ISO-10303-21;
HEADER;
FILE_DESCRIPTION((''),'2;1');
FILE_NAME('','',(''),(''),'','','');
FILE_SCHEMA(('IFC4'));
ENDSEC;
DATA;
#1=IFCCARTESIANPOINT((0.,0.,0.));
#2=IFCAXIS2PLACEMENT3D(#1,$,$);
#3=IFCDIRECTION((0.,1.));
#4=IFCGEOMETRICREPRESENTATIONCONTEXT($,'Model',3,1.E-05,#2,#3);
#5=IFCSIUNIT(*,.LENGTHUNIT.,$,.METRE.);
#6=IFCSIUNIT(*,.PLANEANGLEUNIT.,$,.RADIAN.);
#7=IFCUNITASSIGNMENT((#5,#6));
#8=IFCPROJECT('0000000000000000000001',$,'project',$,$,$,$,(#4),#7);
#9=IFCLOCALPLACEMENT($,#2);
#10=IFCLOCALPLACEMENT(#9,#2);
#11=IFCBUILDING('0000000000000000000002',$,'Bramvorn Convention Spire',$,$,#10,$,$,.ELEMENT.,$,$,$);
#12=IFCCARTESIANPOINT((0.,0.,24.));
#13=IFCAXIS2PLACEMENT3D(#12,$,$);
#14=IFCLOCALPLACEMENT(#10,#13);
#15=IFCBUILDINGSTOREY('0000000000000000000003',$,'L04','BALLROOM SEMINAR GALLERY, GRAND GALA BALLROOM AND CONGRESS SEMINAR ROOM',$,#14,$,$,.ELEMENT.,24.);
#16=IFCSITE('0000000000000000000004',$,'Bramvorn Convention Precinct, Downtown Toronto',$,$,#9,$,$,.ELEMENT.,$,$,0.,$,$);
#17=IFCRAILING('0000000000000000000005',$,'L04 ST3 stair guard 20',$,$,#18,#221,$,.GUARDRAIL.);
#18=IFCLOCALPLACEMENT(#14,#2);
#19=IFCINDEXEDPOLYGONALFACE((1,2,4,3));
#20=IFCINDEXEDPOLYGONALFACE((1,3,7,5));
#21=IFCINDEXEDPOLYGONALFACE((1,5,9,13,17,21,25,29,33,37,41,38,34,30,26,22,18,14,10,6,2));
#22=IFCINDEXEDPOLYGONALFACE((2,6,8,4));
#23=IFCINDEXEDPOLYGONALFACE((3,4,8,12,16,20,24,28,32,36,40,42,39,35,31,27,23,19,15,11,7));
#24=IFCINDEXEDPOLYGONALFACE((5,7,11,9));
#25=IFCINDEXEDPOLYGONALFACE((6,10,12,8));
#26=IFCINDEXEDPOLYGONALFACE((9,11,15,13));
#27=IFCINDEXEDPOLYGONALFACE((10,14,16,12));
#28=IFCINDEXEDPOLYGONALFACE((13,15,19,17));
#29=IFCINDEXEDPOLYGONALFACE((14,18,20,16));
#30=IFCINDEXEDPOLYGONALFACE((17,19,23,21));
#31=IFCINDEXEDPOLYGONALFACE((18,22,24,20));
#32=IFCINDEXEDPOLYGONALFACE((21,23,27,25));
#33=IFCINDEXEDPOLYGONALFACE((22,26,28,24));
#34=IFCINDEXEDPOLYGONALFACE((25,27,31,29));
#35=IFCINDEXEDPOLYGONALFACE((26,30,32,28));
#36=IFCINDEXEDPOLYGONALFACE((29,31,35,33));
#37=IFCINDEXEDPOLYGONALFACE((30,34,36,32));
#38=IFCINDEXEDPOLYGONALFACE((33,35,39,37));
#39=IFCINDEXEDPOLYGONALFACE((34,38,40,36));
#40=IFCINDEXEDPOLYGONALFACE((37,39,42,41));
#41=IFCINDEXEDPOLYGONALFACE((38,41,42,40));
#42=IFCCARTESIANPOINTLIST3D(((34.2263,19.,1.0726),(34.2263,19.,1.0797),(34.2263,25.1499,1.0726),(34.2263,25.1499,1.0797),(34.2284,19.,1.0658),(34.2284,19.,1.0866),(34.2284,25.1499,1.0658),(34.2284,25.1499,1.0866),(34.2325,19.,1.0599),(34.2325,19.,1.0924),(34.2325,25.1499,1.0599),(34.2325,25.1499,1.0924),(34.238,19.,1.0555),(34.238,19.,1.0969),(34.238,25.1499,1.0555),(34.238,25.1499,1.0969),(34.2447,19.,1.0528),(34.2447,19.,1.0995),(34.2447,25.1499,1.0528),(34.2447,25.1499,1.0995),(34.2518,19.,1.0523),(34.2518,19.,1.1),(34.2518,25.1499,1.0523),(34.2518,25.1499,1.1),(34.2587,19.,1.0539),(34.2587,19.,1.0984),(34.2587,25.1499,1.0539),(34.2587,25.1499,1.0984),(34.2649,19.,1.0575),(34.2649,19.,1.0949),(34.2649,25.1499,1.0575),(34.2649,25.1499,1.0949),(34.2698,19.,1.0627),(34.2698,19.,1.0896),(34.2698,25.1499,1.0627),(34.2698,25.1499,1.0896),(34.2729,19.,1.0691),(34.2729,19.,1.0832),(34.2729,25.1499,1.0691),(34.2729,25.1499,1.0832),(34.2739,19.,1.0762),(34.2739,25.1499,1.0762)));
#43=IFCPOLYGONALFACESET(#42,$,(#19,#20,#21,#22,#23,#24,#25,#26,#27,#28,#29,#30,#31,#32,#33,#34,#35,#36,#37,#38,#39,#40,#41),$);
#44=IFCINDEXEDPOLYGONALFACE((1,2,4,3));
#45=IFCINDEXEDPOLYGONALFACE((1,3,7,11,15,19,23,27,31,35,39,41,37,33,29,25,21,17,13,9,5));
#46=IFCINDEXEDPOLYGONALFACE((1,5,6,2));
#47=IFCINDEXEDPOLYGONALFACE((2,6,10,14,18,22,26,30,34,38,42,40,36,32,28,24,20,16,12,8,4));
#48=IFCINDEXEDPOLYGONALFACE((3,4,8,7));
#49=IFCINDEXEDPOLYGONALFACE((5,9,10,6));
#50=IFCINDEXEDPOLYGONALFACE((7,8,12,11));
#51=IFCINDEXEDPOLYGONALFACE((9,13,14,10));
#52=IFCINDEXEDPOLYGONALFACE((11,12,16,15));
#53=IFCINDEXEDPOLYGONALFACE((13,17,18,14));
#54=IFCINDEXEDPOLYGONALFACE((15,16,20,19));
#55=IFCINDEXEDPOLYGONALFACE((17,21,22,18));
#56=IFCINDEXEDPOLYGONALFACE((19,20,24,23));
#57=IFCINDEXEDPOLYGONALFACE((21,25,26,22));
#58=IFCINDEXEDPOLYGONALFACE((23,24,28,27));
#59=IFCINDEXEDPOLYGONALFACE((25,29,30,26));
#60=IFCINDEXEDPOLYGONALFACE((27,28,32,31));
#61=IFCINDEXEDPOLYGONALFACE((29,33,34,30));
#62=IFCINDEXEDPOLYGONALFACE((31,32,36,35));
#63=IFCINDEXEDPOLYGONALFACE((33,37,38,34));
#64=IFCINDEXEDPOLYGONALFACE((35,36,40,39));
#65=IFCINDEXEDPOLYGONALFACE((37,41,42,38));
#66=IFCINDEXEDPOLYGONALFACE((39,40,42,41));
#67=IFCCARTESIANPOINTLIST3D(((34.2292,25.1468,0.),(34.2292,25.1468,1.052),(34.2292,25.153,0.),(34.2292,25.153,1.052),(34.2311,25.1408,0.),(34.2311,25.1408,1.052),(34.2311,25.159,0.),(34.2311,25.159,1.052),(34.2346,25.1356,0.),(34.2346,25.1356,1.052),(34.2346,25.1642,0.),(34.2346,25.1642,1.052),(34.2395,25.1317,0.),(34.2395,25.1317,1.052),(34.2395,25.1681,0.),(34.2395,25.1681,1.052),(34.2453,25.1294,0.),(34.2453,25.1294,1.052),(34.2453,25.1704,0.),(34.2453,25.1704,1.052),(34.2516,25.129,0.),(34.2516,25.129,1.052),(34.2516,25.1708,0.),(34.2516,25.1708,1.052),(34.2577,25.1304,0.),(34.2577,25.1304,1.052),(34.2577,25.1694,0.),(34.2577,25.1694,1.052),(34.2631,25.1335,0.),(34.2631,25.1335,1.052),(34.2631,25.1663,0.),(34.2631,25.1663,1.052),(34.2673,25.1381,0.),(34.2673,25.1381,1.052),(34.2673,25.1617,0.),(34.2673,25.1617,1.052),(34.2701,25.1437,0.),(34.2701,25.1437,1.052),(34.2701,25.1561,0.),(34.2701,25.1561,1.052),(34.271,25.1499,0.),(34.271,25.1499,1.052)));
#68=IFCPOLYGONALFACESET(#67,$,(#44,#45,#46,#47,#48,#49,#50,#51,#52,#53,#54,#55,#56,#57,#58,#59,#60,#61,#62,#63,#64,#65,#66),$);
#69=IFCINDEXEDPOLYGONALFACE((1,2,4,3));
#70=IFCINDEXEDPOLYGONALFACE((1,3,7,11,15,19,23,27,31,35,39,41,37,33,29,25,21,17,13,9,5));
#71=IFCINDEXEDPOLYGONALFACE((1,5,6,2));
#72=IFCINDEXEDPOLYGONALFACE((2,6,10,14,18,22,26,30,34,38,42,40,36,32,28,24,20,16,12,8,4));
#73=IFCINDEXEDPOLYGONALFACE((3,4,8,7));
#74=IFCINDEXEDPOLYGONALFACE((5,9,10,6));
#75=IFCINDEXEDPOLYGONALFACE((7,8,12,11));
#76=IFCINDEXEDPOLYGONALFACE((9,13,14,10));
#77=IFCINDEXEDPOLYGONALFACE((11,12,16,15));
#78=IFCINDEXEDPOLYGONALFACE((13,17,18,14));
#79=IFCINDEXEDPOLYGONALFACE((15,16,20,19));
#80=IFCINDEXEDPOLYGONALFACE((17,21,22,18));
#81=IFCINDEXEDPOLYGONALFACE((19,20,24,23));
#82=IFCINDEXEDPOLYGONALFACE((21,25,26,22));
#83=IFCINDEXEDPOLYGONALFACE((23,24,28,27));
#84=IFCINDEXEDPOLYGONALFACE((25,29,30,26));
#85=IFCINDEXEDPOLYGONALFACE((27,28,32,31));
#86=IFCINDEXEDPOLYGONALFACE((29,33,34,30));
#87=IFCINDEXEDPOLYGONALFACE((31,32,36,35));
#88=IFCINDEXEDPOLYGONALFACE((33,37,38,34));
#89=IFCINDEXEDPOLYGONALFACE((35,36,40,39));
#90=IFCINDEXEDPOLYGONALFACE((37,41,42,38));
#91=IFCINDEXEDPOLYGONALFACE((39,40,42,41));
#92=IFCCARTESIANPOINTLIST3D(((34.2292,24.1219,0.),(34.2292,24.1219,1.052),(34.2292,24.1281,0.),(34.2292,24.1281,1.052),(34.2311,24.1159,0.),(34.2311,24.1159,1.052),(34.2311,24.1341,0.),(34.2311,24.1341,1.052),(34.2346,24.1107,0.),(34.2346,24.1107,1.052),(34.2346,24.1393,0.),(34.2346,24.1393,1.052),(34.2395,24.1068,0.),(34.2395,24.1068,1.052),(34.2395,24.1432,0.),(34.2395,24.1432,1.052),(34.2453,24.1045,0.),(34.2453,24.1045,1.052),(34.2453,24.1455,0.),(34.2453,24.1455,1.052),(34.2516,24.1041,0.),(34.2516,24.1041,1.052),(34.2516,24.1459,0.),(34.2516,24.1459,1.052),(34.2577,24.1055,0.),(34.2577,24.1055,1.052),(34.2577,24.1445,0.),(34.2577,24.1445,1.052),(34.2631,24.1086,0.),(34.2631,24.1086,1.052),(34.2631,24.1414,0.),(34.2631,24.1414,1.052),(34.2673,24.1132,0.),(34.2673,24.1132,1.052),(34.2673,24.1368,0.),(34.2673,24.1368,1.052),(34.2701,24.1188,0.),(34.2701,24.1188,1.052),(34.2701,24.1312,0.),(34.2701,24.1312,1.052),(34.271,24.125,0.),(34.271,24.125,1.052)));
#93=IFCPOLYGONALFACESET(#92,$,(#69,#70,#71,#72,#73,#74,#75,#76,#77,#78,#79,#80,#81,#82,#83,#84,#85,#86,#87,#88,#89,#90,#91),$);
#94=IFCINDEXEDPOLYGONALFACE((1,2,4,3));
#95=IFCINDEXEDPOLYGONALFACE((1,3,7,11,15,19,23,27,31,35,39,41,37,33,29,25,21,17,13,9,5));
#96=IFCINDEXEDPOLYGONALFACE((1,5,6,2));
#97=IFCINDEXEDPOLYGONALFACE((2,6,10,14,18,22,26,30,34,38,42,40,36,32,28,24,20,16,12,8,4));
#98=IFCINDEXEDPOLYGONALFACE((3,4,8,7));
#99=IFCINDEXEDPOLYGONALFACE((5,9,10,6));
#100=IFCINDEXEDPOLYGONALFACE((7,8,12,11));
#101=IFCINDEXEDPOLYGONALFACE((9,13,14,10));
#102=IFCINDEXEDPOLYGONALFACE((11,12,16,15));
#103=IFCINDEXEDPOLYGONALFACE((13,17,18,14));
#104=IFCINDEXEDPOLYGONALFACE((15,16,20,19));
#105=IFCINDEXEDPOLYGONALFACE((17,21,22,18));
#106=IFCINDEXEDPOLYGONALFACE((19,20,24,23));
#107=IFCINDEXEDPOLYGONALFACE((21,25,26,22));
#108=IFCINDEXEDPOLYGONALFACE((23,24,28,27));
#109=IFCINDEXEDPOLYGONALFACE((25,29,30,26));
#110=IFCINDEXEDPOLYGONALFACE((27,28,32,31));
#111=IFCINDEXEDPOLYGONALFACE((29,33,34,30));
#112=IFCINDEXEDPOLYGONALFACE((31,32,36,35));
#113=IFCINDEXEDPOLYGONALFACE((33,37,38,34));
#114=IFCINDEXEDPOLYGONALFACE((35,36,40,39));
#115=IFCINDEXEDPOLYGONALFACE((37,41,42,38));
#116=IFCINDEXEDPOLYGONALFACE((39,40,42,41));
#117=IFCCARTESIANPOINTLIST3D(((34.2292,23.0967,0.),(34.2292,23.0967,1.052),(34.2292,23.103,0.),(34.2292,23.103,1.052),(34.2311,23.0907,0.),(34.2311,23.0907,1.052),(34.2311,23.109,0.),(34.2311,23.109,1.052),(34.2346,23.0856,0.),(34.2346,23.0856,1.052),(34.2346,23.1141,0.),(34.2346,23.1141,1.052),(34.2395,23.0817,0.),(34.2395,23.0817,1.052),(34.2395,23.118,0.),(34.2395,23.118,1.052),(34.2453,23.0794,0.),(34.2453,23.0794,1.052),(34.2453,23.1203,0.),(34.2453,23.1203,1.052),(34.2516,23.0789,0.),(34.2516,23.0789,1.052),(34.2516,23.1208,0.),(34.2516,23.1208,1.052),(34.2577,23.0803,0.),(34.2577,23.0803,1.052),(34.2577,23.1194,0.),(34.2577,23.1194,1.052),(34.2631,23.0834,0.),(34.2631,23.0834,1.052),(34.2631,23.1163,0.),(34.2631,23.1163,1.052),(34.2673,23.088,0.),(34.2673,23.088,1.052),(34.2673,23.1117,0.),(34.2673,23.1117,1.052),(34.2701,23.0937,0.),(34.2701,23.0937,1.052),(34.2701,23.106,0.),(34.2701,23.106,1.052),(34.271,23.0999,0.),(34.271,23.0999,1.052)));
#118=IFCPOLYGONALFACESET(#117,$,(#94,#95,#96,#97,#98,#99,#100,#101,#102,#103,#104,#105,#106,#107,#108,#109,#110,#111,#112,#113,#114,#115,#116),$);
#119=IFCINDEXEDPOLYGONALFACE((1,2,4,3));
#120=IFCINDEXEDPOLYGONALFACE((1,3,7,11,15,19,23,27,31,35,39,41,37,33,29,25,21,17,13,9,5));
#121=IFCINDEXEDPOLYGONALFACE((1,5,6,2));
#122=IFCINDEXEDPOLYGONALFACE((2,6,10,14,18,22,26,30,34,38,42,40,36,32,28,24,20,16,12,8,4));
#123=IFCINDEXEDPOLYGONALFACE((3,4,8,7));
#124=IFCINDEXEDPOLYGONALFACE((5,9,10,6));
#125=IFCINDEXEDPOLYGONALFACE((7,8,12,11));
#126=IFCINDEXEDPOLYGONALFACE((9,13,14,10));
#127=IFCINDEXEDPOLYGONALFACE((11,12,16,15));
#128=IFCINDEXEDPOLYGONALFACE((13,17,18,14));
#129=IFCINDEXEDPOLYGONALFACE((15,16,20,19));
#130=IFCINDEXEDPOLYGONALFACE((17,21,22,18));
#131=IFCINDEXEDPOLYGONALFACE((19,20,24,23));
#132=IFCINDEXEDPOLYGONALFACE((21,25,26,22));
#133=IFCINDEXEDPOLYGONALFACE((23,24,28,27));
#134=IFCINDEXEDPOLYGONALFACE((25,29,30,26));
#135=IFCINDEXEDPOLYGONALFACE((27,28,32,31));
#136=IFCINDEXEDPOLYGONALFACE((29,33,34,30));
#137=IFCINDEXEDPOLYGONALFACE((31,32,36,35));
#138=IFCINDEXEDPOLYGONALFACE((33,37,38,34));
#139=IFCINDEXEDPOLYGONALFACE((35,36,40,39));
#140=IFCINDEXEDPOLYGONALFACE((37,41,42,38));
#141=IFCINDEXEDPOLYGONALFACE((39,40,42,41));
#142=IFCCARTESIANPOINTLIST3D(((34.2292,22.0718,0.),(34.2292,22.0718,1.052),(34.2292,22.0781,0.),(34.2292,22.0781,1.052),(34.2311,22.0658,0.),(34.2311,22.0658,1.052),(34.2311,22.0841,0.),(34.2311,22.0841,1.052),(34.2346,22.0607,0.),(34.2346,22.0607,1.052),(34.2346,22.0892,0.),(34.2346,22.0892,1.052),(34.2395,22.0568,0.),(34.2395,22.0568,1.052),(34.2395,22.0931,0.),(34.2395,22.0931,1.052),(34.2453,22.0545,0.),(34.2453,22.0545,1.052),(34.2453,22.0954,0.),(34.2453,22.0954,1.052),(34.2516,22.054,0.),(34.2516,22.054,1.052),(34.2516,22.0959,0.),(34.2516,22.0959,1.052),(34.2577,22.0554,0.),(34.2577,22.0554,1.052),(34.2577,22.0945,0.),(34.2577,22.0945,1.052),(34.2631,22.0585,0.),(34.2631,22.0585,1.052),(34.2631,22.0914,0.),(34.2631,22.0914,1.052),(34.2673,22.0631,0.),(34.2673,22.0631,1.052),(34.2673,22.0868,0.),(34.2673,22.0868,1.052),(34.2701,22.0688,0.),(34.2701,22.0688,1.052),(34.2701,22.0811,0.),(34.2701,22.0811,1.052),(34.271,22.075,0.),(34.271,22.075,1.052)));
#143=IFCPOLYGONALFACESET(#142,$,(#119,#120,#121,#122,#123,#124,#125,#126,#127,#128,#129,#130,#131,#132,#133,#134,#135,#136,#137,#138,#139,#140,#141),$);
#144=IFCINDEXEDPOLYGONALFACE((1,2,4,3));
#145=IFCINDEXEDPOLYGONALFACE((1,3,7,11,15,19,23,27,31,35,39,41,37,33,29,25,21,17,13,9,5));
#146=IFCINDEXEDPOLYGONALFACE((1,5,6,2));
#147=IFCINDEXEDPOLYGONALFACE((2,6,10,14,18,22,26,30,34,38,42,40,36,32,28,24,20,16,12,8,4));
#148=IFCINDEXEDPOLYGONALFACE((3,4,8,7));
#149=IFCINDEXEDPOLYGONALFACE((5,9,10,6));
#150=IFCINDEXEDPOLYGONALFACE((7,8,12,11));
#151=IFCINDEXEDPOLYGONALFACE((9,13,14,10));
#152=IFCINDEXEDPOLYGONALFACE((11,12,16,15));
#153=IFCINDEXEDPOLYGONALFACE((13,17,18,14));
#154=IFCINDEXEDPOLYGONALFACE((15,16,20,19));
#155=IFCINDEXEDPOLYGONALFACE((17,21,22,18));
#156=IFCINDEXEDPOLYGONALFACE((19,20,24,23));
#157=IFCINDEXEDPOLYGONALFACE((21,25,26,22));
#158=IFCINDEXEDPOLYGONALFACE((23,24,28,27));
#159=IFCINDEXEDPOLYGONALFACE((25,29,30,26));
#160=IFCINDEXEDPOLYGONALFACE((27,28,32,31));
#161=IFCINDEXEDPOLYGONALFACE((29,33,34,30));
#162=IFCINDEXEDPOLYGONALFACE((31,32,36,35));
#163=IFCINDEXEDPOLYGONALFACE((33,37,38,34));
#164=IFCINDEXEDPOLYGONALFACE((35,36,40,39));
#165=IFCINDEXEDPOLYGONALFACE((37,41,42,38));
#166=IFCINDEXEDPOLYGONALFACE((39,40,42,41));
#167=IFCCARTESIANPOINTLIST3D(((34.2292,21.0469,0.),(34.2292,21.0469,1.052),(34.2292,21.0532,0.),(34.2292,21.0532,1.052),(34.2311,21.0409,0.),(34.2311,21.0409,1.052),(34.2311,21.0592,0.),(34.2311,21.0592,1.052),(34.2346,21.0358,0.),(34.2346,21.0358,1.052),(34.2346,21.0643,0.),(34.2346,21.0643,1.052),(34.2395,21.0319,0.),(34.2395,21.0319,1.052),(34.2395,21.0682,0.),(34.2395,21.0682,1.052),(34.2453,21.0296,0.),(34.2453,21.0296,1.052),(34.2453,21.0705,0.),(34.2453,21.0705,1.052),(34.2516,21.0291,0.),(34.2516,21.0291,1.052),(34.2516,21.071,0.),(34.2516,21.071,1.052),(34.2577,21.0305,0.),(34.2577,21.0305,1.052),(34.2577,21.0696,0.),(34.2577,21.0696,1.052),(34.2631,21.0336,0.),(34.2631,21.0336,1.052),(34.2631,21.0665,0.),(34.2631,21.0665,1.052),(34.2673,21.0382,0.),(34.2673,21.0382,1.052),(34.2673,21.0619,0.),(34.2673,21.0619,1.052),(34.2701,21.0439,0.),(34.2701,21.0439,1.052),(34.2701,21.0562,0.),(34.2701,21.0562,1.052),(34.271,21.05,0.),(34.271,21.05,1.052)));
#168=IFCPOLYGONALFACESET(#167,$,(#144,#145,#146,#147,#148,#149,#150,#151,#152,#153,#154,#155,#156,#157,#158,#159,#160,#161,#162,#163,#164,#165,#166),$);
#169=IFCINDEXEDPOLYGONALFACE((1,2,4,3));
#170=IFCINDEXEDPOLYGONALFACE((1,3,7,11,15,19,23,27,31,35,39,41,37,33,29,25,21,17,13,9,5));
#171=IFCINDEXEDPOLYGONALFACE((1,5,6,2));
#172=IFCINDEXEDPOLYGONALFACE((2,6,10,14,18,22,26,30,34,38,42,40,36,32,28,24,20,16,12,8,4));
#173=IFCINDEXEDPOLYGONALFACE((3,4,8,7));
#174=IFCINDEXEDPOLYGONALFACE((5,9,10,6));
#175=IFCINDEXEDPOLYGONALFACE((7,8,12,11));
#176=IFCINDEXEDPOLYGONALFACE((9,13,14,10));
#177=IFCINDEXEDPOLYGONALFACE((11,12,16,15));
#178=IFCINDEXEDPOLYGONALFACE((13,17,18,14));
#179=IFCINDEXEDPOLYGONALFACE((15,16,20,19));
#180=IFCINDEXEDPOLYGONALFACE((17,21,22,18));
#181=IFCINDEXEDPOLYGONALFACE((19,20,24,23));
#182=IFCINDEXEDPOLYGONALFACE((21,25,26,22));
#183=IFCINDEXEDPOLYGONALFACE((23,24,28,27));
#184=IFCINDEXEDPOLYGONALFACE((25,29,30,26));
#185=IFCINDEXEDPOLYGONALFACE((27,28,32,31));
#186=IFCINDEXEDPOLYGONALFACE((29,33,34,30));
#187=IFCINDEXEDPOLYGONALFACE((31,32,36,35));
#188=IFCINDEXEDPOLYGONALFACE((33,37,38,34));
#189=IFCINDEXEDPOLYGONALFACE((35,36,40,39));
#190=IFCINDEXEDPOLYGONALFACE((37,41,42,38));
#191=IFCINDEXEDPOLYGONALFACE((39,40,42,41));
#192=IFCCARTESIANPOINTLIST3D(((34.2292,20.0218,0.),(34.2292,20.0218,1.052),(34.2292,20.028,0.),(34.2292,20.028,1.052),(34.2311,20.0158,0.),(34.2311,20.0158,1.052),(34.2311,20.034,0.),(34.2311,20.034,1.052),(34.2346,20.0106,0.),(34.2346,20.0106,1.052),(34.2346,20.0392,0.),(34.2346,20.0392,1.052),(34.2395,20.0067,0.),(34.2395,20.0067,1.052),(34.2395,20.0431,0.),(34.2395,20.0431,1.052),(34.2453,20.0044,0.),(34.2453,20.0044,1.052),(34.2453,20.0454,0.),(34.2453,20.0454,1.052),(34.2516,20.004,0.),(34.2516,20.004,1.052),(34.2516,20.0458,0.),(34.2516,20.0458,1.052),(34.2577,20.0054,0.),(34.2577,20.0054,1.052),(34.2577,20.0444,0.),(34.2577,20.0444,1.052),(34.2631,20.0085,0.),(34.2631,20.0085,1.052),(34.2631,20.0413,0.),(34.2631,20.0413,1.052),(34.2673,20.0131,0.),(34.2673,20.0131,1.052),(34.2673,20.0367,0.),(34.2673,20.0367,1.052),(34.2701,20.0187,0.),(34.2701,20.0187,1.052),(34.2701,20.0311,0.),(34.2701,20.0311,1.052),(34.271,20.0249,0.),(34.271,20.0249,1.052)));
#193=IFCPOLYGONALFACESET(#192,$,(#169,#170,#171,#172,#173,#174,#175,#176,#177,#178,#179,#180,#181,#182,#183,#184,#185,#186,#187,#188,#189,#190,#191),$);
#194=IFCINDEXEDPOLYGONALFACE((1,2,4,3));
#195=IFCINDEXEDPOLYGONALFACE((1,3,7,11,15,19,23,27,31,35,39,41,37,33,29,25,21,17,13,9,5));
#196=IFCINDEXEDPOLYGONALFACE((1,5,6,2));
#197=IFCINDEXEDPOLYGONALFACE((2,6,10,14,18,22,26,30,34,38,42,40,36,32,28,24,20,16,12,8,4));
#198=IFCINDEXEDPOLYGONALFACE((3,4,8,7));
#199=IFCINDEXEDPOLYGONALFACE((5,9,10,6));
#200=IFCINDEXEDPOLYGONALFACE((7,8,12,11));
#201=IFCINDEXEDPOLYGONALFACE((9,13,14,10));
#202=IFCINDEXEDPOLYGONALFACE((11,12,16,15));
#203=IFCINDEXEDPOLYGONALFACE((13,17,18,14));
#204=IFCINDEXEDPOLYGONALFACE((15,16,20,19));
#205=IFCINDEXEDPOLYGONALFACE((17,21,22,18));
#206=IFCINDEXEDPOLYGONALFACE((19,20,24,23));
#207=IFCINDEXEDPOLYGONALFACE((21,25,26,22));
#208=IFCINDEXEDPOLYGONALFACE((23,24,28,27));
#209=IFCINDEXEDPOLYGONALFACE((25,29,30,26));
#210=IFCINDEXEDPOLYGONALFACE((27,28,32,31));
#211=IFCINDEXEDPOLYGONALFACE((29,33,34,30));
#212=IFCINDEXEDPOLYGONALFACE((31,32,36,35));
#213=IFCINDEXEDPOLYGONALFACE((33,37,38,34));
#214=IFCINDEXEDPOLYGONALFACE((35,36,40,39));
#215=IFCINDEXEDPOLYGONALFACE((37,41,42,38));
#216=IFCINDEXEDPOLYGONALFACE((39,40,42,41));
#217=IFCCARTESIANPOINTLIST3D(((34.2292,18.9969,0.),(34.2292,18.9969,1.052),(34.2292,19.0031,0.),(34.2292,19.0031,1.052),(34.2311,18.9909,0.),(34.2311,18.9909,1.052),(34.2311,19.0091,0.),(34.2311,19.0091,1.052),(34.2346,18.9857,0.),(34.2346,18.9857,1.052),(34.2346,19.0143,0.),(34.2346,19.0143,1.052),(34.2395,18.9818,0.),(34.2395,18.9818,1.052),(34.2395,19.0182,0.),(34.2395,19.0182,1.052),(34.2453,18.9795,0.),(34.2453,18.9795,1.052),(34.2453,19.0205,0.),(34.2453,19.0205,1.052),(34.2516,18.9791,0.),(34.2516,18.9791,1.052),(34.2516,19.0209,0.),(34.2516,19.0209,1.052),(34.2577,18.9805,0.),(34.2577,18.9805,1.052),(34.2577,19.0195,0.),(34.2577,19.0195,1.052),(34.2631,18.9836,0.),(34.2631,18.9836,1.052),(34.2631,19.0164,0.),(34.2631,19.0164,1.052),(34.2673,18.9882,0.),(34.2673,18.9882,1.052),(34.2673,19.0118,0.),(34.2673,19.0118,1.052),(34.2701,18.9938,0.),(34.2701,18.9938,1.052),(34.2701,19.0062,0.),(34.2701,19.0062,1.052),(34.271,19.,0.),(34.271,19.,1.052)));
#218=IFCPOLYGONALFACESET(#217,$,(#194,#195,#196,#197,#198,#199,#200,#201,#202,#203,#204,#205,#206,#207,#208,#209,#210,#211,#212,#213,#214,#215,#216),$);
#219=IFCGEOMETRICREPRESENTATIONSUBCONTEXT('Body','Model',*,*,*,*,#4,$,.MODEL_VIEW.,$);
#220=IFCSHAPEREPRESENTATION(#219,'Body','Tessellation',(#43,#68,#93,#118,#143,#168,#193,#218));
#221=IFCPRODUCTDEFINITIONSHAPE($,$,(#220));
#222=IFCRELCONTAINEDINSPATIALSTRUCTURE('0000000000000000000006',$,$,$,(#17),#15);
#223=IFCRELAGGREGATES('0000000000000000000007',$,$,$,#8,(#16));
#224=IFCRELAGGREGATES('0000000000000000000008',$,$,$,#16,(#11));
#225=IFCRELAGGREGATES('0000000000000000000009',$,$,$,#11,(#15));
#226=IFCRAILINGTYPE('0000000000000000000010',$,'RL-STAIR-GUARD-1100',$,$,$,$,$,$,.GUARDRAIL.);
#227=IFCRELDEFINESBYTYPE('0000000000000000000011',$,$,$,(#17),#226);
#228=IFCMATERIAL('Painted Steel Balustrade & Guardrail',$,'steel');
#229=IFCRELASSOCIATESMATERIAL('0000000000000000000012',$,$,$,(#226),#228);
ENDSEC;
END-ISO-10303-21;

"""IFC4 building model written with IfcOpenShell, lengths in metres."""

from ifc_helpers import new_model, si_unit, direction, frame, origin, origin_2d, place, context, subcontext, project, spatial, circle, extrude, material, type_object, element, save


model = new_model("IFC4")

# Units and contexts
model_context = context("Model", 3, precision=1e-05, world=origin(), true_north=direction((0.0, 1.0)))
body_context = subcontext(model_context, "Body", "Model", "MODEL_VIEW")
ifc_project = project(units=[si_unit("LENGTHUNIT", "METRE"), si_unit("PLANEANGLEUNIT", "RADIAN")], contexts=[model_context])

# Site, building, storey
site_placement = place(None, origin())
site = spatial("IfcSite", under=ifc_project, at=site_placement, Name="Bramvorn Convention Precinct, Downtown Toronto", CompositionType="ELEMENT", RefElevation=0.0)
building_placement = place(site_placement, origin())
building = spatial("IfcBuilding", under=site, at=building_placement, Name="Bramvorn Convention Spire", CompositionType="ELEMENT")
storey_placement = place(building_placement, frame((0.0, 0.0, 24.0)))
storey = spatial("IfcBuildingStorey", under=building, at=storey_placement, Name="L04", Description="BALLROOM SEMINAR GALLERY, GRAND GALA BALLROOM AND CONGRESS SEMINAR ROOM", CompositionType="ELEMENT", Elevation=24.0)

# Railing
ifc_material_1 = material(Name="Painted Steel Balustrade & Guardrail", Category="steel")
railing_type_1 = type_object("IfcRailingType", Name="RL-STAIR-GUARD-1100", PredefinedType="GUARDRAIL", material=ifc_material_1)
railing_1_placement = place(storey_placement, frame((34.25, 25.1499, 0.0)))
element("IfcRailing", 1, at=railing_1_placement, inside=storey, type_object=railing_type_1, Name="L04 ST3 stair guard 20", PredefinedType="GUARDRAIL", context=body_context, shape_type="SweptSolid", body=[
    extrude(circle(Radius=0.0239, at=origin_2d()), frame((0.0, 0.0, 1.0762), z_axis=(0.0, -1.0, 0.0), x_axis=(1.0, 0.0, 0.0)), (0.0, 0.0, 1.0), 6.1499),
    extrude(circle(Radius=0.021, at=origin_2d()), origin(), (0.0, 0.0, 1.0), 1.052),
    extrude(circle(Radius=0.021, at=origin_2d()), frame((0.0, -1.0249, 0.0)), (0.0, 0.0, 1.0), 1.052),
    extrude(circle(Radius=0.021, at=origin_2d()), frame((0.0, -2.05, 0.0)), (0.0, 0.0, 1.0), 1.052),
    extrude(circle(Radius=0.021, at=origin_2d()), frame((0.0, -3.075, 0.0)), (0.0, 0.0, 1.0), 1.052),
    extrude(circle(Radius=0.021, at=origin_2d()), frame((0.0, -4.0999, 0.0)), (0.0, 0.0, 1.0), 1.052),
    extrude(circle(Radius=0.021, at=origin_2d()), frame((0.0, -5.125, 0.0)), (0.0, 0.0, 1.0), 1.052),
    extrude(circle(Radius=0.021, at=origin_2d()), frame((0.0, -6.1499, 0.0)), (0.0, 0.0, 1.0), 1.052),
])

save(model, "model.ifc")
